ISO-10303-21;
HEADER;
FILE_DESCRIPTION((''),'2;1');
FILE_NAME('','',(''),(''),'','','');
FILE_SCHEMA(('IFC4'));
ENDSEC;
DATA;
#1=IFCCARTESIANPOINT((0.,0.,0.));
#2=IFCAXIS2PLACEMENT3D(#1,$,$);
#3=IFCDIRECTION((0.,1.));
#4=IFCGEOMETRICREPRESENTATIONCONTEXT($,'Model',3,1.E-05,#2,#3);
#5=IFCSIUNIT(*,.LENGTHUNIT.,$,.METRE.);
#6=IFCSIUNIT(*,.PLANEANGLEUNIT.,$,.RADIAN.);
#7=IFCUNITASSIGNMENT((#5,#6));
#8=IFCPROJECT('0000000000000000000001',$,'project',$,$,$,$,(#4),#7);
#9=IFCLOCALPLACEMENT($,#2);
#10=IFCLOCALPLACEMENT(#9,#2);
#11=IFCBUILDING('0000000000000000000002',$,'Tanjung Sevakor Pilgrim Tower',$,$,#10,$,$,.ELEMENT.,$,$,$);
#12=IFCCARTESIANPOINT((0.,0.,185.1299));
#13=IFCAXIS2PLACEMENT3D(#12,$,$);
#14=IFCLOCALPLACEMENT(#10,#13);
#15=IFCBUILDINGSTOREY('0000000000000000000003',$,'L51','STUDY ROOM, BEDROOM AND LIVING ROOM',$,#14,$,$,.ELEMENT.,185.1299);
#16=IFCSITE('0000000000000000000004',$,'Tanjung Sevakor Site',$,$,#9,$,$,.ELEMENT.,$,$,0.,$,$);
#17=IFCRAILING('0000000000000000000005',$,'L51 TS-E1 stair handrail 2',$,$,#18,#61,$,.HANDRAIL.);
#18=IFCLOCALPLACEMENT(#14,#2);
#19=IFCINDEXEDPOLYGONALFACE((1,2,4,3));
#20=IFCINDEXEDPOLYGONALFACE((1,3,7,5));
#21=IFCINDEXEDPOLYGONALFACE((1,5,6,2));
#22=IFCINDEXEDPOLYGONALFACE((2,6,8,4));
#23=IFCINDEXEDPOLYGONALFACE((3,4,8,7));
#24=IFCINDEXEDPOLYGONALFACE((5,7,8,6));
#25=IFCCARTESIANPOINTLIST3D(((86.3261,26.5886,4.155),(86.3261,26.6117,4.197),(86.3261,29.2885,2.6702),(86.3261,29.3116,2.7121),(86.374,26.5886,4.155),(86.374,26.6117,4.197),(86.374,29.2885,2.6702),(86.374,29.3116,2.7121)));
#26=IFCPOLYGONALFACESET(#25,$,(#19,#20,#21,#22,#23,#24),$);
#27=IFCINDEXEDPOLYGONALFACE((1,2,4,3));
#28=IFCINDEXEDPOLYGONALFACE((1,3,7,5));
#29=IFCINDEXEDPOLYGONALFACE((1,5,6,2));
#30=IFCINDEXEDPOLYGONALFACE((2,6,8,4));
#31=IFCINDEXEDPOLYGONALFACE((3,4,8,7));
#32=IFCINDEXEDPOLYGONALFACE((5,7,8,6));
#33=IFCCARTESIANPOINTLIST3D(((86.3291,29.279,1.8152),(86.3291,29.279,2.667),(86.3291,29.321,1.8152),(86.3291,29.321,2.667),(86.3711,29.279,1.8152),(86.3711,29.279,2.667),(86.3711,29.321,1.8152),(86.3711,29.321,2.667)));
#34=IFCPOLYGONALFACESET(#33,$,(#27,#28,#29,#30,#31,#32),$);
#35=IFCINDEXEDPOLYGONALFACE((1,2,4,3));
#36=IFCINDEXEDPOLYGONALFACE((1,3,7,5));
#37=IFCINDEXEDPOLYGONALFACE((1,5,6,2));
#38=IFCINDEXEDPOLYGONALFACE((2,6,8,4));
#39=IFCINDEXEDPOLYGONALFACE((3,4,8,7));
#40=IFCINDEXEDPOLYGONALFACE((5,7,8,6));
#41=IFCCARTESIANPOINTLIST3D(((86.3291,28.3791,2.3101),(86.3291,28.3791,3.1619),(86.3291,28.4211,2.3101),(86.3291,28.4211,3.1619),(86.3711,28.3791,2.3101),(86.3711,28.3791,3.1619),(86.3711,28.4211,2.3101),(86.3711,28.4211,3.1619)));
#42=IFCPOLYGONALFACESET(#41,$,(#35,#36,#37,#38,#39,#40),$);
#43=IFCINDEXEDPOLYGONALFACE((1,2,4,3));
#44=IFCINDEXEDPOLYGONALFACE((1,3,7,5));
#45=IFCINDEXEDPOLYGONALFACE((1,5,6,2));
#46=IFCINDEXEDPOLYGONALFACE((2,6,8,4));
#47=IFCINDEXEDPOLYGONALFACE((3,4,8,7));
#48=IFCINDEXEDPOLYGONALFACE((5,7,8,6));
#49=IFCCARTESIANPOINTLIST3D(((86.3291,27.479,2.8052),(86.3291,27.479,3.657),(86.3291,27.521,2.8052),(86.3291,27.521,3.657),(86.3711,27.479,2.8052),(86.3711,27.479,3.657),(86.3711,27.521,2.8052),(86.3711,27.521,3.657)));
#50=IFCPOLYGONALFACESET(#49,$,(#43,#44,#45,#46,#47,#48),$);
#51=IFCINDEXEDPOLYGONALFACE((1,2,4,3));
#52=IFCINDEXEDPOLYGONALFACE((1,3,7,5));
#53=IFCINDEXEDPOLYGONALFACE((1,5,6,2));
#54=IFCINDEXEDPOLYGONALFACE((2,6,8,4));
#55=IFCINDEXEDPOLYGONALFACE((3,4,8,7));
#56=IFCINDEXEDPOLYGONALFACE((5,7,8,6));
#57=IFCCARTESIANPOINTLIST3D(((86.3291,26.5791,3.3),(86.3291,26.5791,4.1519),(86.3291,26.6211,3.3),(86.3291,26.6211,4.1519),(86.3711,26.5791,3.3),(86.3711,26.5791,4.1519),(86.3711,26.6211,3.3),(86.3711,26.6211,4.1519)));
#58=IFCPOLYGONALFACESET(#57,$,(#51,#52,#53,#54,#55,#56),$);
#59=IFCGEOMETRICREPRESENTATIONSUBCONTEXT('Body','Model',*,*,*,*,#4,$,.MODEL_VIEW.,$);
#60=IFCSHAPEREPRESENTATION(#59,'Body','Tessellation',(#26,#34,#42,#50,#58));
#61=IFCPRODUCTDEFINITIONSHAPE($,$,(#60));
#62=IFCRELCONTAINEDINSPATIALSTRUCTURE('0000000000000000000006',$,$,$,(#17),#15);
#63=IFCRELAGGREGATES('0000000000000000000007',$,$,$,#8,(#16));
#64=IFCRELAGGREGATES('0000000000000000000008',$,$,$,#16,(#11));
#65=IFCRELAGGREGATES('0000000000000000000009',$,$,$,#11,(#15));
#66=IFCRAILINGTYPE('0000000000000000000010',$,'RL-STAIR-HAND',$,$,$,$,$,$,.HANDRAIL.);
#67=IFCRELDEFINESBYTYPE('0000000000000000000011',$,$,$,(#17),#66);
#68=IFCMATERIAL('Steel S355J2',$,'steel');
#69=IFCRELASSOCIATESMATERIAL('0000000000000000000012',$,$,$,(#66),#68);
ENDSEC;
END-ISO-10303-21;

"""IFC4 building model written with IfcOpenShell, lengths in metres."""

from ifc_helpers import new_model, si_unit, direction, frame, origin, place, context, subcontext, project, spatial, rectangle, extrude, material, type_object, element, save


model = new_model("IFC4")

# Units and contexts
model_context = context("Model", 3, precision=1e-05, world=origin(), true_north=direction((0.0, 1.0)))
body_context = subcontext(model_context, "Body", "Model", "MODEL_VIEW")
ifc_project = project(units=[si_unit("LENGTHUNIT", "METRE"), si_unit("PLANEANGLEUNIT", "RADIAN")], contexts=[model_context])

# Site, building, storey
site_placement = place(None, origin())
site = spatial("IfcSite", under=ifc_project, at=site_placement, Name="Tanjung Sevakor Site", CompositionType="ELEMENT", RefElevation=0.0)
building_placement = place(site_placement, origin())
building = spatial("IfcBuilding", under=site, at=building_placement, Name="Tanjung Sevakor Pilgrim Tower", CompositionType="ELEMENT")
storey_placement = place(building_placement, frame((0.0, 0.0, 185.1299)))
storey = spatial("IfcBuildingStorey", under=building, at=storey_placement, Name="L51", Description="STUDY ROOM, BEDROOM AND LIVING ROOM", CompositionType="ELEMENT", Elevation=185.1299)

# Railing
ifc_material_1 = material(Name="Steel S355J2", Category="steel")
railing_type_1 = type_object("IfcRailingType", Name="RL-STAIR-HAND", PredefinedType="HANDRAIL", material=ifc_material_1)
railing_1_placement = place(storey_placement, frame((86.3501, 29.3, 1.8152)))
element("IfcRailing", 1, at=railing_1_placement, inside=storey, type_object=railing_type_1, Name="L51 TS-E1 stair handrail 2", PredefinedType="HANDRAIL", context=body_context, shape_type="SweptSolid", body=[
    extrude(rectangle(XDim=0.0479, YDim=0.0479), frame((0.0, 0.0, 0.876), z_axis=(0.0, -0.876231, 0.481891), x_axis=(1.0, 0.0, 0.0)), (0.0, 0.0, 1.0), 3.0813),
    extrude(rectangle(XDim=0.042, YDim=0.042), origin(), (0.0, 0.0, 1.0), 0.8518),
    extrude(rectangle(XDim=0.042, YDim=0.042), frame((0.0, -0.8999, 0.4949)), (0.0, 0.0, 1.0), 0.8518),
    extrude(rectangle(XDim=0.042, YDim=0.042), frame((0.0, -1.8, 0.99)), (0.0, 0.0, 1.0), 0.8518),
    extrude(rectangle(XDim=0.042, YDim=0.042), frame((0.0, -2.7, 1.4849)), (0.0, 0.0, 1.0), 0.8518),
])

save(model, "model.ifc")
